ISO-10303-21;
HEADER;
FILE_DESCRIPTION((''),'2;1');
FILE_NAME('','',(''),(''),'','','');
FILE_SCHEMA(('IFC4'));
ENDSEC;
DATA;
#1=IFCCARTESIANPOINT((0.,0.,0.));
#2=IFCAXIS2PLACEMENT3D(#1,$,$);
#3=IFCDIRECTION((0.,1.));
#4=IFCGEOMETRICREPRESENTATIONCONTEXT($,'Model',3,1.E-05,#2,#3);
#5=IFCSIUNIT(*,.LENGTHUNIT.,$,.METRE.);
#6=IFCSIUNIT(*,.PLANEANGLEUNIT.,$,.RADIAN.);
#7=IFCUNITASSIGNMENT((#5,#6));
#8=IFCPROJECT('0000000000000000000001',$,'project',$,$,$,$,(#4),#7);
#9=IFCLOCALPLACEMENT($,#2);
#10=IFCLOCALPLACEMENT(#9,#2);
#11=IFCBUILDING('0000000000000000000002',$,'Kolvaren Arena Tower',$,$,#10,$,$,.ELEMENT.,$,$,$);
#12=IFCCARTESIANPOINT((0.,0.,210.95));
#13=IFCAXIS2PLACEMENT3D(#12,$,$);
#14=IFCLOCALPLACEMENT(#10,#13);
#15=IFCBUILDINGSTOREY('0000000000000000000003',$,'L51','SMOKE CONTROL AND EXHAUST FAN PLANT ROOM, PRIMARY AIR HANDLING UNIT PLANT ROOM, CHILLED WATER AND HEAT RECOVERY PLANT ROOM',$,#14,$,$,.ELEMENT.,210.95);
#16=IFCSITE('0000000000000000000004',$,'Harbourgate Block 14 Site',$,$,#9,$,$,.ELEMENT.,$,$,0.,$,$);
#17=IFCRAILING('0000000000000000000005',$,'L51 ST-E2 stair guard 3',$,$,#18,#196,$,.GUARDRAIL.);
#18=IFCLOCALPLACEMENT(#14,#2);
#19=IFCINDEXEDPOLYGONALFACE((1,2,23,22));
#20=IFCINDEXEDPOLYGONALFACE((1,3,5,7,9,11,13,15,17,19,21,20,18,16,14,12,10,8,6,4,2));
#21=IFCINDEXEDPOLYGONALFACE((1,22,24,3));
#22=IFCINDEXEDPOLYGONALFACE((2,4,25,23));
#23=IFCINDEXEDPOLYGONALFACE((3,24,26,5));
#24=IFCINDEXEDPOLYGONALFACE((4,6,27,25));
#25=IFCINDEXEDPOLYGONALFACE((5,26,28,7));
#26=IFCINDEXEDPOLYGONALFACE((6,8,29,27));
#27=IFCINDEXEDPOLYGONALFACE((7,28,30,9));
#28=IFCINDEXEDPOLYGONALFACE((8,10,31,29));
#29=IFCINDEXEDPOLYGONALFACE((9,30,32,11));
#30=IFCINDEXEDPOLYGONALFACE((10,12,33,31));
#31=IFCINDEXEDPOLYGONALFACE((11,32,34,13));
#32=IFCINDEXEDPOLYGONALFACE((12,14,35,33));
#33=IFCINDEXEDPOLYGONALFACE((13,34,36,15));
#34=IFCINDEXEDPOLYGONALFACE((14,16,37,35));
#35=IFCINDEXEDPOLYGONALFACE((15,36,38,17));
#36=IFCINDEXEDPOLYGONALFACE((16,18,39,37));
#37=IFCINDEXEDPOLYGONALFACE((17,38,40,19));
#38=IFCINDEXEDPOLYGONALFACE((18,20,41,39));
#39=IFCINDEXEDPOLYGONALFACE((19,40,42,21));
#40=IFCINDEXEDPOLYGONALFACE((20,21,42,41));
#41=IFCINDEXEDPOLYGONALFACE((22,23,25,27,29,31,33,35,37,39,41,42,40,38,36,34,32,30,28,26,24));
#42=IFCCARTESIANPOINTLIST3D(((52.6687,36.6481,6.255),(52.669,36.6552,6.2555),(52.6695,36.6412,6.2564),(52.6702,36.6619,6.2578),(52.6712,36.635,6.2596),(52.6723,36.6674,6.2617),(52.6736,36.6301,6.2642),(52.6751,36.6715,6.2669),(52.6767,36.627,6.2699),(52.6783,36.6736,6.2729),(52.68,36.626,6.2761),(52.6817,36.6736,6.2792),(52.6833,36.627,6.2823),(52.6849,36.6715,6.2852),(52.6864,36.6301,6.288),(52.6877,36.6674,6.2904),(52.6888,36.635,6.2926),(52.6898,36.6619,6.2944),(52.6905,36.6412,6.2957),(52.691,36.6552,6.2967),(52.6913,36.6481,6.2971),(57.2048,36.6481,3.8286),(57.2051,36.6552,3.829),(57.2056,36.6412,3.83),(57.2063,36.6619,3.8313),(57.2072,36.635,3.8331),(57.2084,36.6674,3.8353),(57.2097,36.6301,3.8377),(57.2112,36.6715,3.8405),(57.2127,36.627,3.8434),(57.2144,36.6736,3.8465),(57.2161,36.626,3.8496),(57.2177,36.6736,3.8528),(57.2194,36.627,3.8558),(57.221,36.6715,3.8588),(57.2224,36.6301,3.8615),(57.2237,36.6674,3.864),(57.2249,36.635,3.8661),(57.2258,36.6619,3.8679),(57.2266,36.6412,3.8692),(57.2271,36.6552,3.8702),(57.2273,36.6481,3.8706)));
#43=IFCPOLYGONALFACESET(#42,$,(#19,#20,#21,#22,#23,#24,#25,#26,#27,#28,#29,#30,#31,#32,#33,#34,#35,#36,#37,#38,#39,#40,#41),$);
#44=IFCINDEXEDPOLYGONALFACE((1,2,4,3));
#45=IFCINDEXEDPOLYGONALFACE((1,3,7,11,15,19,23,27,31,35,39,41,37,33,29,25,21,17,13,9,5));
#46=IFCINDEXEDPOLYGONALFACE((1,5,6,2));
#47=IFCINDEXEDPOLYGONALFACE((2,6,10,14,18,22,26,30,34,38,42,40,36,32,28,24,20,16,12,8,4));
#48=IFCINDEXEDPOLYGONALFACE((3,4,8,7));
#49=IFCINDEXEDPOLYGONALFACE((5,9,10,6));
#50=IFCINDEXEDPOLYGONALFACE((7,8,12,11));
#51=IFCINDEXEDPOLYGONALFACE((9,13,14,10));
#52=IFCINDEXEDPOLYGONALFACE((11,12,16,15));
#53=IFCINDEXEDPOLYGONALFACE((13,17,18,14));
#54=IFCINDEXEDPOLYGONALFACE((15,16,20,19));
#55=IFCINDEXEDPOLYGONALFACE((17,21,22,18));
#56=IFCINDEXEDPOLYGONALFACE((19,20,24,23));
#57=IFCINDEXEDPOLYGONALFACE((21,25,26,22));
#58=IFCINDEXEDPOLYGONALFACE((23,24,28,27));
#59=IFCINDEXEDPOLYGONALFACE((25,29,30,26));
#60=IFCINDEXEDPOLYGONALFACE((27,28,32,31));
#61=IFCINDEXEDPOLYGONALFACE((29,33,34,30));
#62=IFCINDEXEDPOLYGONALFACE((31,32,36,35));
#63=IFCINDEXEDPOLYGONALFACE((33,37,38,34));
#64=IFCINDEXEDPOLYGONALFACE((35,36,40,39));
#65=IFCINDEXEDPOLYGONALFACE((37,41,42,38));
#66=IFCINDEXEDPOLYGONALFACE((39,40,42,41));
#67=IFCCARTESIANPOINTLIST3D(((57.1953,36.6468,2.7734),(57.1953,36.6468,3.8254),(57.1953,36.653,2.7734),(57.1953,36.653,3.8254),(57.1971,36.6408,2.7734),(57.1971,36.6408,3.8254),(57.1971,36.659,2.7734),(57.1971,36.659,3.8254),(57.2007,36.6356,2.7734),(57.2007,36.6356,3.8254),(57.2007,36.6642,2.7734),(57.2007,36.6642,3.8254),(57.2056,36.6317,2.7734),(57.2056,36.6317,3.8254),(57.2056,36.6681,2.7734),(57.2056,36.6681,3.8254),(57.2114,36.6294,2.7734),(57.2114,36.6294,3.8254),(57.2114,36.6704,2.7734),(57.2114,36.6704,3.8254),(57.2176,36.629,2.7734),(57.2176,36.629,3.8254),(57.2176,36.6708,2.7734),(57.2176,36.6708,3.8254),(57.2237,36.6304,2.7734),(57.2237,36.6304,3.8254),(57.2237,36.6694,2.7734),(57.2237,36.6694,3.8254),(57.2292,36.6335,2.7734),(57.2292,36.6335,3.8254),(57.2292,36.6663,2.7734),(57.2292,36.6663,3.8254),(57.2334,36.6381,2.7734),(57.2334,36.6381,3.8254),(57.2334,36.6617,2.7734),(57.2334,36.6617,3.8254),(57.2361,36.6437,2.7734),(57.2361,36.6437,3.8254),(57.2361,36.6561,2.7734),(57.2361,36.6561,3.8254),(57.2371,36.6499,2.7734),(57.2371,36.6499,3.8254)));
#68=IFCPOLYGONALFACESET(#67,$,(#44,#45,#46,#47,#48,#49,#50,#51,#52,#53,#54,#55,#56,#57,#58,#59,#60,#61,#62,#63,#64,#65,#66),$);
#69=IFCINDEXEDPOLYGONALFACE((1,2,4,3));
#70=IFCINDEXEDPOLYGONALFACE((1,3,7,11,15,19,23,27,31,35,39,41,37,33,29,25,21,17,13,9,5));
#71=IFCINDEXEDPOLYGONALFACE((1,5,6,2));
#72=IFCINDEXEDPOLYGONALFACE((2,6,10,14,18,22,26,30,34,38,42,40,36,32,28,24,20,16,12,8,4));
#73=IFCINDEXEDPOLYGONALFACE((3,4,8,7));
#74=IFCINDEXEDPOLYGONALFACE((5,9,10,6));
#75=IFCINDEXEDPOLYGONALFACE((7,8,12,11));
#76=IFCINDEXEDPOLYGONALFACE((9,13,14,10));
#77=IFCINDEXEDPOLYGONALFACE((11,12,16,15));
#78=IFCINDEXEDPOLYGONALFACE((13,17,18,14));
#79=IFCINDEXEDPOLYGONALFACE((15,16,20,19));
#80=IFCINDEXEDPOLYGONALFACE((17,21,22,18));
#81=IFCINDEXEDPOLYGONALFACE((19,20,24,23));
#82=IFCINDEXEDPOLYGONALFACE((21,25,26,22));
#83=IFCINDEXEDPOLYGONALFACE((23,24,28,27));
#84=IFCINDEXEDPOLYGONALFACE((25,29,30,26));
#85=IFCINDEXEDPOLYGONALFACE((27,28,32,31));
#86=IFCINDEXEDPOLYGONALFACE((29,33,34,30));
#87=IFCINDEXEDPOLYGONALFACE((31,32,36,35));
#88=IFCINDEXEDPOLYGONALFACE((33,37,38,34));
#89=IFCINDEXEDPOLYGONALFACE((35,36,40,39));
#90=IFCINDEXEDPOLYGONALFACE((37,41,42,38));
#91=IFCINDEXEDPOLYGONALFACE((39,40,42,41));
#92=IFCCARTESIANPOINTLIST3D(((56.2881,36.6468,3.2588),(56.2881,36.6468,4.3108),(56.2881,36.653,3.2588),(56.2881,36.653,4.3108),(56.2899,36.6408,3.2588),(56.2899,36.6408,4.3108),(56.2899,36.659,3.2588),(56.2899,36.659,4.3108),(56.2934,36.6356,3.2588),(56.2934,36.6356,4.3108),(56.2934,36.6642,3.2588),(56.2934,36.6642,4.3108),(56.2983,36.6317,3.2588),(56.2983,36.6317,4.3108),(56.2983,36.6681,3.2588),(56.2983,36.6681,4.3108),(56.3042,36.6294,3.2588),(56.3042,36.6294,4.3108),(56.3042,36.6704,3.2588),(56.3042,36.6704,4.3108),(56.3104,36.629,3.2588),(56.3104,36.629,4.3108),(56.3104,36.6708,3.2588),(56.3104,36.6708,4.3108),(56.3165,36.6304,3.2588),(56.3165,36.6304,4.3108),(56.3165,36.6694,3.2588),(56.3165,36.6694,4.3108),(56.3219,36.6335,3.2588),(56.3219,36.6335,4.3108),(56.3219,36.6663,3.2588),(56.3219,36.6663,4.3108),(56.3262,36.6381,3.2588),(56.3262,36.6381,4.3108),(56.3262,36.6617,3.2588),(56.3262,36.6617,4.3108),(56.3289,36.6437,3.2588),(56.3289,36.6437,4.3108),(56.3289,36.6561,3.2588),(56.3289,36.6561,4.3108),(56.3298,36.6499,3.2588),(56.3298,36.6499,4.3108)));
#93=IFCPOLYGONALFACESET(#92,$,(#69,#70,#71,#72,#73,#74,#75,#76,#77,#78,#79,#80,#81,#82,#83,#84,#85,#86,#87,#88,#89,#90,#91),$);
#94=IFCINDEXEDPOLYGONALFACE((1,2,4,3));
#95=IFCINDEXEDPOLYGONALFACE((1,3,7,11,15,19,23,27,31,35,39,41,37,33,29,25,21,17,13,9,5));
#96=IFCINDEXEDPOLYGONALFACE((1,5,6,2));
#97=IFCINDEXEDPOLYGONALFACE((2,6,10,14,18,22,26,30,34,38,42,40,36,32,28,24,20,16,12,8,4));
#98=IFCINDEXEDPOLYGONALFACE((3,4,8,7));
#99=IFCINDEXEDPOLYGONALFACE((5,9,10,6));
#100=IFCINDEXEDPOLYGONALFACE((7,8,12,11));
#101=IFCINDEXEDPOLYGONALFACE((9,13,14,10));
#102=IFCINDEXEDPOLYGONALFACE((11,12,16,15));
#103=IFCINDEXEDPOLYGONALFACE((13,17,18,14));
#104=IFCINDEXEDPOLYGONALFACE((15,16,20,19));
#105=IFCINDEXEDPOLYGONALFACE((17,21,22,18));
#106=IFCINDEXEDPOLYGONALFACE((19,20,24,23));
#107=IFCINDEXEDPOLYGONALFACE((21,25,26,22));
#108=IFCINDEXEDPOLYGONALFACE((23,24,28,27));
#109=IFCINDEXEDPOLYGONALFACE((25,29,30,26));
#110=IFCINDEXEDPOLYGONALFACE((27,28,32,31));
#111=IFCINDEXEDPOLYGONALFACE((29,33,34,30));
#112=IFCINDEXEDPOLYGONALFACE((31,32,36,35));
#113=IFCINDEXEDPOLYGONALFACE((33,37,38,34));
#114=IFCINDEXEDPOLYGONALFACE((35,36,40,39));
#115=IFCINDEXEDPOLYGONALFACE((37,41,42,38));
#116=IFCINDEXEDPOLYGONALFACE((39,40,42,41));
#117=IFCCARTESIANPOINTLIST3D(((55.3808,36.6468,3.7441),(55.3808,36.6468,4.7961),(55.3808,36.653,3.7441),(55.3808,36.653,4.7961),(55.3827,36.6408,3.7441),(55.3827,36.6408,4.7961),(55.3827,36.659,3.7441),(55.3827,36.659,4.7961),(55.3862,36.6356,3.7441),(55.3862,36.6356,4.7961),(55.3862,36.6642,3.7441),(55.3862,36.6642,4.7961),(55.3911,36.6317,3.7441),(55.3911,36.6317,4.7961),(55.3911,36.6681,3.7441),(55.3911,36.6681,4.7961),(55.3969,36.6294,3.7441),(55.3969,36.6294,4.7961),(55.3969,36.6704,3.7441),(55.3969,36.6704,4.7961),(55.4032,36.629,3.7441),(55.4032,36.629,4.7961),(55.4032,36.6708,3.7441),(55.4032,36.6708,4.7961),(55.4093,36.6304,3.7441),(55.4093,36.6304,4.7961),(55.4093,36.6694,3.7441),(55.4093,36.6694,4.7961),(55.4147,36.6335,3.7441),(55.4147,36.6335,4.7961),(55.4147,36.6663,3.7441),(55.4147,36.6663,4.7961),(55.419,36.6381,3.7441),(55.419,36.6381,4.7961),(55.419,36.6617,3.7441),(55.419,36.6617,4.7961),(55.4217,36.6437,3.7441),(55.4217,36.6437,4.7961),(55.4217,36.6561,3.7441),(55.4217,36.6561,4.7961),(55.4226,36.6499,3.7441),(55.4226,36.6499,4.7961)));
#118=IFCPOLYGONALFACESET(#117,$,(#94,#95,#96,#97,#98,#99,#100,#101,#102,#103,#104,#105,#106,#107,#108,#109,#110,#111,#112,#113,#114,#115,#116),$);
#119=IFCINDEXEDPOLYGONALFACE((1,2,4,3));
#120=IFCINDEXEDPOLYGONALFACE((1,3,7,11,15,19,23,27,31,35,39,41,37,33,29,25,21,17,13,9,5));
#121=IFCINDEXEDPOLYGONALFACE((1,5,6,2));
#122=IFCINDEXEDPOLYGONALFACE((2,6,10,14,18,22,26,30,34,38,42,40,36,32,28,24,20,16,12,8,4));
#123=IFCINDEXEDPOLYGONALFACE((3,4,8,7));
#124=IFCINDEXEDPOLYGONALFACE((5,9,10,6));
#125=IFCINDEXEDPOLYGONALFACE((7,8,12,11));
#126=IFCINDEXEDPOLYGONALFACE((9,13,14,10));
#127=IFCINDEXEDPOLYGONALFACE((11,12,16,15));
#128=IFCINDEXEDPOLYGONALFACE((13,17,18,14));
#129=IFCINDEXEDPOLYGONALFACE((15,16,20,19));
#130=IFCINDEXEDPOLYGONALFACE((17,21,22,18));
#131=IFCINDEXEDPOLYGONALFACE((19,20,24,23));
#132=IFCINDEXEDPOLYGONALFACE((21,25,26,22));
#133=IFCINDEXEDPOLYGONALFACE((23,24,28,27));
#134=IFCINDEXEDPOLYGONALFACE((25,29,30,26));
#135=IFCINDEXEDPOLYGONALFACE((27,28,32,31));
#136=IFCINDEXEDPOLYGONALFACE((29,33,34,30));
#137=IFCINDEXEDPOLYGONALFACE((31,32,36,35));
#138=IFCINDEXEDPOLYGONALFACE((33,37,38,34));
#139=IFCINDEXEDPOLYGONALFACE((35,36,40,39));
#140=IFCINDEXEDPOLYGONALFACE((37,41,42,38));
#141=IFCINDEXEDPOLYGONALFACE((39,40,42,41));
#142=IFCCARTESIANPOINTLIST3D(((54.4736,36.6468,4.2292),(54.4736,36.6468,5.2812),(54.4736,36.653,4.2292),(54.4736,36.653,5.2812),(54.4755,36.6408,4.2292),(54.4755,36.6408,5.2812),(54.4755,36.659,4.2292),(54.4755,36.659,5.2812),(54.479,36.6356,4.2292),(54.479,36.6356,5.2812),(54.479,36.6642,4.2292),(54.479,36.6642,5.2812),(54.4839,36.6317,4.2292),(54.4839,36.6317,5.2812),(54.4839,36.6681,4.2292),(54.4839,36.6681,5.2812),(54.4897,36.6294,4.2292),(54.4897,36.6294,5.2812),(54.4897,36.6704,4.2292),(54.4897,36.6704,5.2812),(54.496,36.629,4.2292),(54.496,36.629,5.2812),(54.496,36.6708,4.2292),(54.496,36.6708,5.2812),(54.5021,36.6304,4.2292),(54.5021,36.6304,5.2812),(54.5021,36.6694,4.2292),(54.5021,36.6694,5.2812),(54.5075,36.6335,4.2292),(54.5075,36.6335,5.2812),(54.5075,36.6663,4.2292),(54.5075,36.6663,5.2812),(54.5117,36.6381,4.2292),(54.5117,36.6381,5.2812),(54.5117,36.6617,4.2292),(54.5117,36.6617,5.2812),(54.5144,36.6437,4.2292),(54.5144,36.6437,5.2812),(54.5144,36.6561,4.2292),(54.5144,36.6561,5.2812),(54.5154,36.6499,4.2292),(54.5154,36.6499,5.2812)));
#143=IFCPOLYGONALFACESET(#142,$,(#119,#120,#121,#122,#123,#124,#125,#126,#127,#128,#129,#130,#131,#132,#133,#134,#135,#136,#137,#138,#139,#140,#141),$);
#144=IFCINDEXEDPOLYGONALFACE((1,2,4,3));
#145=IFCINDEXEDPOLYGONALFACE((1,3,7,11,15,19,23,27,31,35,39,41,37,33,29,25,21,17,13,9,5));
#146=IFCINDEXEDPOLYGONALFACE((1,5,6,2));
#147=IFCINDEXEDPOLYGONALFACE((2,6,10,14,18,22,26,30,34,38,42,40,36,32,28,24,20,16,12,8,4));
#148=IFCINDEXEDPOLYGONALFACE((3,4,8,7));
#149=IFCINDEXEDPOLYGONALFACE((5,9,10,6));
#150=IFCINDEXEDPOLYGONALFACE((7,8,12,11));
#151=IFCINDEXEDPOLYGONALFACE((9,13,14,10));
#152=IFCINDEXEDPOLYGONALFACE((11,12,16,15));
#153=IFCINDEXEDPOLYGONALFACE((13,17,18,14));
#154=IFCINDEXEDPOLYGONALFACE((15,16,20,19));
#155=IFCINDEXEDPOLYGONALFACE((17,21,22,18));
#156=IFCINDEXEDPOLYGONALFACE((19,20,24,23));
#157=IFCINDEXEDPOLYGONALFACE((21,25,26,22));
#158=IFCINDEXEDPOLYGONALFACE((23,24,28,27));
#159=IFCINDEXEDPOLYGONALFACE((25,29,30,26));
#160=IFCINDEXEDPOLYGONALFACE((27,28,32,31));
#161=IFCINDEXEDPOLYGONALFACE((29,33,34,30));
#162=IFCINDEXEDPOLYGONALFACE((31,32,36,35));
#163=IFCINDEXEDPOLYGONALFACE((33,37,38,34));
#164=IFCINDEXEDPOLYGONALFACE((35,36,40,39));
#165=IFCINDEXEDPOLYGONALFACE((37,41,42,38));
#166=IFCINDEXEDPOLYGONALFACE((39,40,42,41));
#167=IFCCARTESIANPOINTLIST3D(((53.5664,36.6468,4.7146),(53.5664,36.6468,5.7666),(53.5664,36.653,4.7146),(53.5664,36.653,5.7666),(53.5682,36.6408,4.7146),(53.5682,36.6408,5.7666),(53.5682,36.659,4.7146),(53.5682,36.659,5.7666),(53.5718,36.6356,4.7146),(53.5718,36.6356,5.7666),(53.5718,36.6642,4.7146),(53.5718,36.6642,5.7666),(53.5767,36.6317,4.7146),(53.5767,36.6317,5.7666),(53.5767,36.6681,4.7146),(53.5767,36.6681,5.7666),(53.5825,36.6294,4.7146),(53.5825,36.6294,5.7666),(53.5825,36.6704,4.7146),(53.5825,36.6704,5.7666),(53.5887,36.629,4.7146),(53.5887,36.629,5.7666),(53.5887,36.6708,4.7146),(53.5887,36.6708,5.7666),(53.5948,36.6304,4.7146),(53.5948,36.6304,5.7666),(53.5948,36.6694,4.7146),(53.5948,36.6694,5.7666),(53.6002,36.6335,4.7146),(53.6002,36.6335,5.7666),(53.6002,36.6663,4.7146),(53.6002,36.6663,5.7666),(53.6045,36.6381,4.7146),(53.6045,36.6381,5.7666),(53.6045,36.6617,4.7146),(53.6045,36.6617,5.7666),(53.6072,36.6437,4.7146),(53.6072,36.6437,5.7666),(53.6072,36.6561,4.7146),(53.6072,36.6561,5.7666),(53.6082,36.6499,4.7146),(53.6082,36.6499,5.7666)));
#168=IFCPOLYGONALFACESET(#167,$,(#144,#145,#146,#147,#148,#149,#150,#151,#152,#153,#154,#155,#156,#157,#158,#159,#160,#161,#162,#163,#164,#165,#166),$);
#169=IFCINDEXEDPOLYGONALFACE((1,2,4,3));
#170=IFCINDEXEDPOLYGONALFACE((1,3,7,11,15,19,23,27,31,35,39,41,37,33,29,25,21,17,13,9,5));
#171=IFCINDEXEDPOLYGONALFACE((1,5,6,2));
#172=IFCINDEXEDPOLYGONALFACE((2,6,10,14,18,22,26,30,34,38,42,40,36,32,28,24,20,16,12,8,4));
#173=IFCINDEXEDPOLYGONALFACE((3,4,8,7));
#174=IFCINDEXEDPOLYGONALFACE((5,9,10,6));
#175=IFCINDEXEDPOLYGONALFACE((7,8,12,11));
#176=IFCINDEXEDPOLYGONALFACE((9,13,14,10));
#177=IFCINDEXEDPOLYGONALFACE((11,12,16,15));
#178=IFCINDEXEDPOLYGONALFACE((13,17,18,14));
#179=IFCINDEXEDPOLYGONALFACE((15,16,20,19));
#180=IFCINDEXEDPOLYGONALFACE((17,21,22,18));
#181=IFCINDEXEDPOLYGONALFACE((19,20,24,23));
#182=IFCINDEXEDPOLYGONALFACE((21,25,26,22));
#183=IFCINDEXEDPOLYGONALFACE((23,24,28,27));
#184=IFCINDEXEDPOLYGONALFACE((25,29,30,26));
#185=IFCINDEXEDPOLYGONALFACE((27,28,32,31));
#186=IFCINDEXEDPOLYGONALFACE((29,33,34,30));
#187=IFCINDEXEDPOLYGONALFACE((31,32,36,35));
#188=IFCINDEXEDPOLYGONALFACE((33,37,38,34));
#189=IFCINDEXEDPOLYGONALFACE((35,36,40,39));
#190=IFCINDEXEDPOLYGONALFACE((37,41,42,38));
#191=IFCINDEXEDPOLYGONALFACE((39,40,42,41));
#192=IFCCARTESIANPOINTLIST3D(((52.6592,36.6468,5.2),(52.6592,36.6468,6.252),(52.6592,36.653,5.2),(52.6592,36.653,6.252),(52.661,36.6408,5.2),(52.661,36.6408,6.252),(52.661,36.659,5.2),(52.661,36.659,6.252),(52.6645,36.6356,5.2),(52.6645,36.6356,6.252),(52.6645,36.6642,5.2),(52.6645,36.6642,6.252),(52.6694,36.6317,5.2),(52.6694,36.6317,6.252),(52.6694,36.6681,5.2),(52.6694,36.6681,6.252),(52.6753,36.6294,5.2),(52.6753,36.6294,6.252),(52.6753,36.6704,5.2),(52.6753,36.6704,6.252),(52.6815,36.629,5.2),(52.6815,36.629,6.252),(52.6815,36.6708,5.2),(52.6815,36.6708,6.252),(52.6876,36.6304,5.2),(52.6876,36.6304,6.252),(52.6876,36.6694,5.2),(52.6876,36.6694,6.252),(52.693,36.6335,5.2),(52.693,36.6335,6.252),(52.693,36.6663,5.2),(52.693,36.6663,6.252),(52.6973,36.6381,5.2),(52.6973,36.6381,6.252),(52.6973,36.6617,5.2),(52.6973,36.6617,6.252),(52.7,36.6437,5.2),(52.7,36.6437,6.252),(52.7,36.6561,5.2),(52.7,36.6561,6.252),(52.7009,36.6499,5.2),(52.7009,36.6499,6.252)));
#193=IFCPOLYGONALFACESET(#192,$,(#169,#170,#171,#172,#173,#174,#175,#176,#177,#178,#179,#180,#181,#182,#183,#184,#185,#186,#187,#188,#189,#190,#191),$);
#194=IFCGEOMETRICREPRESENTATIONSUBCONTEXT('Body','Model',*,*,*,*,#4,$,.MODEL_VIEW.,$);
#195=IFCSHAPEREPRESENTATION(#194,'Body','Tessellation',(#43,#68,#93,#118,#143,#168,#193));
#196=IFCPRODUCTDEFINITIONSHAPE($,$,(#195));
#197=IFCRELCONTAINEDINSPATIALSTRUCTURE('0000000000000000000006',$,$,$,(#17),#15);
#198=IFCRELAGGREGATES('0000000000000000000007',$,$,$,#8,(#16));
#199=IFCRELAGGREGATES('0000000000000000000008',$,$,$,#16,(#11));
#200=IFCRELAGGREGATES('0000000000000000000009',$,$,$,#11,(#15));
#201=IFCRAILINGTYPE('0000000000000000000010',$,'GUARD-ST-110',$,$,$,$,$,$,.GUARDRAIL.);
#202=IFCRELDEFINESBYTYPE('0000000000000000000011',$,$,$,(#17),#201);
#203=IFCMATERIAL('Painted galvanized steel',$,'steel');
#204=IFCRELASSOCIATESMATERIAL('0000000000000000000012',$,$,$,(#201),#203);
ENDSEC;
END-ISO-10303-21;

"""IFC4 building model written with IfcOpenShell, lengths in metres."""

from ifc_helpers import new_model, si_unit, direction, frame, origin, origin_2d, place, context, subcontext, project, spatial, circle, extrude, material, type_object, element, save


model = new_model("IFC4")

# Units and contexts
model_context = context("Model", 3, precision=1e-05, world=origin(), true_north=direction((0.0, 1.0)))
body_context = subcontext(model_context, "Body", "Model", "MODEL_VIEW")
ifc_project = project(units=[si_unit("LENGTHUNIT", "METRE"), si_unit("PLANEANGLEUNIT", "RADIAN")], contexts=[model_context])

# Site, building, storey
site_placement = place(None, origin())
site = spatial("IfcSite", under=ifc_project, at=site_placement, Name="Harbourgate Block 14 Site", CompositionType="ELEMENT", RefElevation=0.0)
building_placement = place(site_placement, origin())
building = spatial("IfcBuilding", under=site, at=building_placement, Name="Kolvaren Arena Tower", CompositionType="ELEMENT")
storey_placement = place(building_placement, frame((0.0, 0.0, 210.95)))
storey = spatial("IfcBuildingStorey", under=building, at=storey_placement, Name="L51", Description="SMOKE CONTROL AND EXHAUST FAN PLANT ROOM, PRIMARY AIR HANDLING UNIT PLANT ROOM, CHILLED WATER AND HEAT RECOVERY PLANT ROOM", CompositionType="ELEMENT", Elevation=210.95)

# Railing
ifc_material_1 = material(Name="Painted galvanized steel", Category="steel")
railing_type_1 = type_object("IfcRailingType", Name="GUARD-ST-110", PredefinedType="GUARDRAIL", material=ifc_material_1)
railing_1_placement = place(storey_placement, frame((57.2161, 36.6499, 2.7734)))
element("IfcRailing", 1, at=railing_1_placement, inside=storey, type_object=railing_type_1, Name="L51 ST-E2 stair guard 3", PredefinedType="GUARDRAIL", context=body_context, shape_type="SweptSolid", body=[
    extrude(circle(Radius=0.0239, at=origin_2d()), frame((0.0, 0.0, 1.0762), z_axis=(-0.881768, 0.0, 0.471684), x_axis=(0.0, -1.0, 0.0)), (0.0, 0.0, 1.0), 5.1443),
    extrude(circle(Radius=0.021, at=origin_2d()), origin(), (0.0, 0.0, 1.0), 1.052),
    extrude(circle(Radius=0.021, at=origin_2d()), frame((-0.9072, 0.0, 0.4854)), (0.0, 0.0, 1.0), 1.052),
    extrude(circle(Radius=0.021, at=origin_2d()), frame((-1.8145, 0.0, 0.9707)), (0.0, 0.0, 1.0), 1.052),
    extrude(circle(Radius=0.021, at=origin_2d()), frame((-2.7217, 0.0, 1.4558)), (0.0, 0.0, 1.0), 1.052),
    extrude(circle(Radius=0.021, at=origin_2d()), frame((-3.6289, 0.0, 1.9412)), (0.0, 0.0, 1.0), 1.052),
    extrude(circle(Radius=0.021, at=origin_2d()), frame((-4.5361, 0.0, 2.4265)), (0.0, 0.0, 1.0), 1.052),
])

save(model, "model.ifc")
